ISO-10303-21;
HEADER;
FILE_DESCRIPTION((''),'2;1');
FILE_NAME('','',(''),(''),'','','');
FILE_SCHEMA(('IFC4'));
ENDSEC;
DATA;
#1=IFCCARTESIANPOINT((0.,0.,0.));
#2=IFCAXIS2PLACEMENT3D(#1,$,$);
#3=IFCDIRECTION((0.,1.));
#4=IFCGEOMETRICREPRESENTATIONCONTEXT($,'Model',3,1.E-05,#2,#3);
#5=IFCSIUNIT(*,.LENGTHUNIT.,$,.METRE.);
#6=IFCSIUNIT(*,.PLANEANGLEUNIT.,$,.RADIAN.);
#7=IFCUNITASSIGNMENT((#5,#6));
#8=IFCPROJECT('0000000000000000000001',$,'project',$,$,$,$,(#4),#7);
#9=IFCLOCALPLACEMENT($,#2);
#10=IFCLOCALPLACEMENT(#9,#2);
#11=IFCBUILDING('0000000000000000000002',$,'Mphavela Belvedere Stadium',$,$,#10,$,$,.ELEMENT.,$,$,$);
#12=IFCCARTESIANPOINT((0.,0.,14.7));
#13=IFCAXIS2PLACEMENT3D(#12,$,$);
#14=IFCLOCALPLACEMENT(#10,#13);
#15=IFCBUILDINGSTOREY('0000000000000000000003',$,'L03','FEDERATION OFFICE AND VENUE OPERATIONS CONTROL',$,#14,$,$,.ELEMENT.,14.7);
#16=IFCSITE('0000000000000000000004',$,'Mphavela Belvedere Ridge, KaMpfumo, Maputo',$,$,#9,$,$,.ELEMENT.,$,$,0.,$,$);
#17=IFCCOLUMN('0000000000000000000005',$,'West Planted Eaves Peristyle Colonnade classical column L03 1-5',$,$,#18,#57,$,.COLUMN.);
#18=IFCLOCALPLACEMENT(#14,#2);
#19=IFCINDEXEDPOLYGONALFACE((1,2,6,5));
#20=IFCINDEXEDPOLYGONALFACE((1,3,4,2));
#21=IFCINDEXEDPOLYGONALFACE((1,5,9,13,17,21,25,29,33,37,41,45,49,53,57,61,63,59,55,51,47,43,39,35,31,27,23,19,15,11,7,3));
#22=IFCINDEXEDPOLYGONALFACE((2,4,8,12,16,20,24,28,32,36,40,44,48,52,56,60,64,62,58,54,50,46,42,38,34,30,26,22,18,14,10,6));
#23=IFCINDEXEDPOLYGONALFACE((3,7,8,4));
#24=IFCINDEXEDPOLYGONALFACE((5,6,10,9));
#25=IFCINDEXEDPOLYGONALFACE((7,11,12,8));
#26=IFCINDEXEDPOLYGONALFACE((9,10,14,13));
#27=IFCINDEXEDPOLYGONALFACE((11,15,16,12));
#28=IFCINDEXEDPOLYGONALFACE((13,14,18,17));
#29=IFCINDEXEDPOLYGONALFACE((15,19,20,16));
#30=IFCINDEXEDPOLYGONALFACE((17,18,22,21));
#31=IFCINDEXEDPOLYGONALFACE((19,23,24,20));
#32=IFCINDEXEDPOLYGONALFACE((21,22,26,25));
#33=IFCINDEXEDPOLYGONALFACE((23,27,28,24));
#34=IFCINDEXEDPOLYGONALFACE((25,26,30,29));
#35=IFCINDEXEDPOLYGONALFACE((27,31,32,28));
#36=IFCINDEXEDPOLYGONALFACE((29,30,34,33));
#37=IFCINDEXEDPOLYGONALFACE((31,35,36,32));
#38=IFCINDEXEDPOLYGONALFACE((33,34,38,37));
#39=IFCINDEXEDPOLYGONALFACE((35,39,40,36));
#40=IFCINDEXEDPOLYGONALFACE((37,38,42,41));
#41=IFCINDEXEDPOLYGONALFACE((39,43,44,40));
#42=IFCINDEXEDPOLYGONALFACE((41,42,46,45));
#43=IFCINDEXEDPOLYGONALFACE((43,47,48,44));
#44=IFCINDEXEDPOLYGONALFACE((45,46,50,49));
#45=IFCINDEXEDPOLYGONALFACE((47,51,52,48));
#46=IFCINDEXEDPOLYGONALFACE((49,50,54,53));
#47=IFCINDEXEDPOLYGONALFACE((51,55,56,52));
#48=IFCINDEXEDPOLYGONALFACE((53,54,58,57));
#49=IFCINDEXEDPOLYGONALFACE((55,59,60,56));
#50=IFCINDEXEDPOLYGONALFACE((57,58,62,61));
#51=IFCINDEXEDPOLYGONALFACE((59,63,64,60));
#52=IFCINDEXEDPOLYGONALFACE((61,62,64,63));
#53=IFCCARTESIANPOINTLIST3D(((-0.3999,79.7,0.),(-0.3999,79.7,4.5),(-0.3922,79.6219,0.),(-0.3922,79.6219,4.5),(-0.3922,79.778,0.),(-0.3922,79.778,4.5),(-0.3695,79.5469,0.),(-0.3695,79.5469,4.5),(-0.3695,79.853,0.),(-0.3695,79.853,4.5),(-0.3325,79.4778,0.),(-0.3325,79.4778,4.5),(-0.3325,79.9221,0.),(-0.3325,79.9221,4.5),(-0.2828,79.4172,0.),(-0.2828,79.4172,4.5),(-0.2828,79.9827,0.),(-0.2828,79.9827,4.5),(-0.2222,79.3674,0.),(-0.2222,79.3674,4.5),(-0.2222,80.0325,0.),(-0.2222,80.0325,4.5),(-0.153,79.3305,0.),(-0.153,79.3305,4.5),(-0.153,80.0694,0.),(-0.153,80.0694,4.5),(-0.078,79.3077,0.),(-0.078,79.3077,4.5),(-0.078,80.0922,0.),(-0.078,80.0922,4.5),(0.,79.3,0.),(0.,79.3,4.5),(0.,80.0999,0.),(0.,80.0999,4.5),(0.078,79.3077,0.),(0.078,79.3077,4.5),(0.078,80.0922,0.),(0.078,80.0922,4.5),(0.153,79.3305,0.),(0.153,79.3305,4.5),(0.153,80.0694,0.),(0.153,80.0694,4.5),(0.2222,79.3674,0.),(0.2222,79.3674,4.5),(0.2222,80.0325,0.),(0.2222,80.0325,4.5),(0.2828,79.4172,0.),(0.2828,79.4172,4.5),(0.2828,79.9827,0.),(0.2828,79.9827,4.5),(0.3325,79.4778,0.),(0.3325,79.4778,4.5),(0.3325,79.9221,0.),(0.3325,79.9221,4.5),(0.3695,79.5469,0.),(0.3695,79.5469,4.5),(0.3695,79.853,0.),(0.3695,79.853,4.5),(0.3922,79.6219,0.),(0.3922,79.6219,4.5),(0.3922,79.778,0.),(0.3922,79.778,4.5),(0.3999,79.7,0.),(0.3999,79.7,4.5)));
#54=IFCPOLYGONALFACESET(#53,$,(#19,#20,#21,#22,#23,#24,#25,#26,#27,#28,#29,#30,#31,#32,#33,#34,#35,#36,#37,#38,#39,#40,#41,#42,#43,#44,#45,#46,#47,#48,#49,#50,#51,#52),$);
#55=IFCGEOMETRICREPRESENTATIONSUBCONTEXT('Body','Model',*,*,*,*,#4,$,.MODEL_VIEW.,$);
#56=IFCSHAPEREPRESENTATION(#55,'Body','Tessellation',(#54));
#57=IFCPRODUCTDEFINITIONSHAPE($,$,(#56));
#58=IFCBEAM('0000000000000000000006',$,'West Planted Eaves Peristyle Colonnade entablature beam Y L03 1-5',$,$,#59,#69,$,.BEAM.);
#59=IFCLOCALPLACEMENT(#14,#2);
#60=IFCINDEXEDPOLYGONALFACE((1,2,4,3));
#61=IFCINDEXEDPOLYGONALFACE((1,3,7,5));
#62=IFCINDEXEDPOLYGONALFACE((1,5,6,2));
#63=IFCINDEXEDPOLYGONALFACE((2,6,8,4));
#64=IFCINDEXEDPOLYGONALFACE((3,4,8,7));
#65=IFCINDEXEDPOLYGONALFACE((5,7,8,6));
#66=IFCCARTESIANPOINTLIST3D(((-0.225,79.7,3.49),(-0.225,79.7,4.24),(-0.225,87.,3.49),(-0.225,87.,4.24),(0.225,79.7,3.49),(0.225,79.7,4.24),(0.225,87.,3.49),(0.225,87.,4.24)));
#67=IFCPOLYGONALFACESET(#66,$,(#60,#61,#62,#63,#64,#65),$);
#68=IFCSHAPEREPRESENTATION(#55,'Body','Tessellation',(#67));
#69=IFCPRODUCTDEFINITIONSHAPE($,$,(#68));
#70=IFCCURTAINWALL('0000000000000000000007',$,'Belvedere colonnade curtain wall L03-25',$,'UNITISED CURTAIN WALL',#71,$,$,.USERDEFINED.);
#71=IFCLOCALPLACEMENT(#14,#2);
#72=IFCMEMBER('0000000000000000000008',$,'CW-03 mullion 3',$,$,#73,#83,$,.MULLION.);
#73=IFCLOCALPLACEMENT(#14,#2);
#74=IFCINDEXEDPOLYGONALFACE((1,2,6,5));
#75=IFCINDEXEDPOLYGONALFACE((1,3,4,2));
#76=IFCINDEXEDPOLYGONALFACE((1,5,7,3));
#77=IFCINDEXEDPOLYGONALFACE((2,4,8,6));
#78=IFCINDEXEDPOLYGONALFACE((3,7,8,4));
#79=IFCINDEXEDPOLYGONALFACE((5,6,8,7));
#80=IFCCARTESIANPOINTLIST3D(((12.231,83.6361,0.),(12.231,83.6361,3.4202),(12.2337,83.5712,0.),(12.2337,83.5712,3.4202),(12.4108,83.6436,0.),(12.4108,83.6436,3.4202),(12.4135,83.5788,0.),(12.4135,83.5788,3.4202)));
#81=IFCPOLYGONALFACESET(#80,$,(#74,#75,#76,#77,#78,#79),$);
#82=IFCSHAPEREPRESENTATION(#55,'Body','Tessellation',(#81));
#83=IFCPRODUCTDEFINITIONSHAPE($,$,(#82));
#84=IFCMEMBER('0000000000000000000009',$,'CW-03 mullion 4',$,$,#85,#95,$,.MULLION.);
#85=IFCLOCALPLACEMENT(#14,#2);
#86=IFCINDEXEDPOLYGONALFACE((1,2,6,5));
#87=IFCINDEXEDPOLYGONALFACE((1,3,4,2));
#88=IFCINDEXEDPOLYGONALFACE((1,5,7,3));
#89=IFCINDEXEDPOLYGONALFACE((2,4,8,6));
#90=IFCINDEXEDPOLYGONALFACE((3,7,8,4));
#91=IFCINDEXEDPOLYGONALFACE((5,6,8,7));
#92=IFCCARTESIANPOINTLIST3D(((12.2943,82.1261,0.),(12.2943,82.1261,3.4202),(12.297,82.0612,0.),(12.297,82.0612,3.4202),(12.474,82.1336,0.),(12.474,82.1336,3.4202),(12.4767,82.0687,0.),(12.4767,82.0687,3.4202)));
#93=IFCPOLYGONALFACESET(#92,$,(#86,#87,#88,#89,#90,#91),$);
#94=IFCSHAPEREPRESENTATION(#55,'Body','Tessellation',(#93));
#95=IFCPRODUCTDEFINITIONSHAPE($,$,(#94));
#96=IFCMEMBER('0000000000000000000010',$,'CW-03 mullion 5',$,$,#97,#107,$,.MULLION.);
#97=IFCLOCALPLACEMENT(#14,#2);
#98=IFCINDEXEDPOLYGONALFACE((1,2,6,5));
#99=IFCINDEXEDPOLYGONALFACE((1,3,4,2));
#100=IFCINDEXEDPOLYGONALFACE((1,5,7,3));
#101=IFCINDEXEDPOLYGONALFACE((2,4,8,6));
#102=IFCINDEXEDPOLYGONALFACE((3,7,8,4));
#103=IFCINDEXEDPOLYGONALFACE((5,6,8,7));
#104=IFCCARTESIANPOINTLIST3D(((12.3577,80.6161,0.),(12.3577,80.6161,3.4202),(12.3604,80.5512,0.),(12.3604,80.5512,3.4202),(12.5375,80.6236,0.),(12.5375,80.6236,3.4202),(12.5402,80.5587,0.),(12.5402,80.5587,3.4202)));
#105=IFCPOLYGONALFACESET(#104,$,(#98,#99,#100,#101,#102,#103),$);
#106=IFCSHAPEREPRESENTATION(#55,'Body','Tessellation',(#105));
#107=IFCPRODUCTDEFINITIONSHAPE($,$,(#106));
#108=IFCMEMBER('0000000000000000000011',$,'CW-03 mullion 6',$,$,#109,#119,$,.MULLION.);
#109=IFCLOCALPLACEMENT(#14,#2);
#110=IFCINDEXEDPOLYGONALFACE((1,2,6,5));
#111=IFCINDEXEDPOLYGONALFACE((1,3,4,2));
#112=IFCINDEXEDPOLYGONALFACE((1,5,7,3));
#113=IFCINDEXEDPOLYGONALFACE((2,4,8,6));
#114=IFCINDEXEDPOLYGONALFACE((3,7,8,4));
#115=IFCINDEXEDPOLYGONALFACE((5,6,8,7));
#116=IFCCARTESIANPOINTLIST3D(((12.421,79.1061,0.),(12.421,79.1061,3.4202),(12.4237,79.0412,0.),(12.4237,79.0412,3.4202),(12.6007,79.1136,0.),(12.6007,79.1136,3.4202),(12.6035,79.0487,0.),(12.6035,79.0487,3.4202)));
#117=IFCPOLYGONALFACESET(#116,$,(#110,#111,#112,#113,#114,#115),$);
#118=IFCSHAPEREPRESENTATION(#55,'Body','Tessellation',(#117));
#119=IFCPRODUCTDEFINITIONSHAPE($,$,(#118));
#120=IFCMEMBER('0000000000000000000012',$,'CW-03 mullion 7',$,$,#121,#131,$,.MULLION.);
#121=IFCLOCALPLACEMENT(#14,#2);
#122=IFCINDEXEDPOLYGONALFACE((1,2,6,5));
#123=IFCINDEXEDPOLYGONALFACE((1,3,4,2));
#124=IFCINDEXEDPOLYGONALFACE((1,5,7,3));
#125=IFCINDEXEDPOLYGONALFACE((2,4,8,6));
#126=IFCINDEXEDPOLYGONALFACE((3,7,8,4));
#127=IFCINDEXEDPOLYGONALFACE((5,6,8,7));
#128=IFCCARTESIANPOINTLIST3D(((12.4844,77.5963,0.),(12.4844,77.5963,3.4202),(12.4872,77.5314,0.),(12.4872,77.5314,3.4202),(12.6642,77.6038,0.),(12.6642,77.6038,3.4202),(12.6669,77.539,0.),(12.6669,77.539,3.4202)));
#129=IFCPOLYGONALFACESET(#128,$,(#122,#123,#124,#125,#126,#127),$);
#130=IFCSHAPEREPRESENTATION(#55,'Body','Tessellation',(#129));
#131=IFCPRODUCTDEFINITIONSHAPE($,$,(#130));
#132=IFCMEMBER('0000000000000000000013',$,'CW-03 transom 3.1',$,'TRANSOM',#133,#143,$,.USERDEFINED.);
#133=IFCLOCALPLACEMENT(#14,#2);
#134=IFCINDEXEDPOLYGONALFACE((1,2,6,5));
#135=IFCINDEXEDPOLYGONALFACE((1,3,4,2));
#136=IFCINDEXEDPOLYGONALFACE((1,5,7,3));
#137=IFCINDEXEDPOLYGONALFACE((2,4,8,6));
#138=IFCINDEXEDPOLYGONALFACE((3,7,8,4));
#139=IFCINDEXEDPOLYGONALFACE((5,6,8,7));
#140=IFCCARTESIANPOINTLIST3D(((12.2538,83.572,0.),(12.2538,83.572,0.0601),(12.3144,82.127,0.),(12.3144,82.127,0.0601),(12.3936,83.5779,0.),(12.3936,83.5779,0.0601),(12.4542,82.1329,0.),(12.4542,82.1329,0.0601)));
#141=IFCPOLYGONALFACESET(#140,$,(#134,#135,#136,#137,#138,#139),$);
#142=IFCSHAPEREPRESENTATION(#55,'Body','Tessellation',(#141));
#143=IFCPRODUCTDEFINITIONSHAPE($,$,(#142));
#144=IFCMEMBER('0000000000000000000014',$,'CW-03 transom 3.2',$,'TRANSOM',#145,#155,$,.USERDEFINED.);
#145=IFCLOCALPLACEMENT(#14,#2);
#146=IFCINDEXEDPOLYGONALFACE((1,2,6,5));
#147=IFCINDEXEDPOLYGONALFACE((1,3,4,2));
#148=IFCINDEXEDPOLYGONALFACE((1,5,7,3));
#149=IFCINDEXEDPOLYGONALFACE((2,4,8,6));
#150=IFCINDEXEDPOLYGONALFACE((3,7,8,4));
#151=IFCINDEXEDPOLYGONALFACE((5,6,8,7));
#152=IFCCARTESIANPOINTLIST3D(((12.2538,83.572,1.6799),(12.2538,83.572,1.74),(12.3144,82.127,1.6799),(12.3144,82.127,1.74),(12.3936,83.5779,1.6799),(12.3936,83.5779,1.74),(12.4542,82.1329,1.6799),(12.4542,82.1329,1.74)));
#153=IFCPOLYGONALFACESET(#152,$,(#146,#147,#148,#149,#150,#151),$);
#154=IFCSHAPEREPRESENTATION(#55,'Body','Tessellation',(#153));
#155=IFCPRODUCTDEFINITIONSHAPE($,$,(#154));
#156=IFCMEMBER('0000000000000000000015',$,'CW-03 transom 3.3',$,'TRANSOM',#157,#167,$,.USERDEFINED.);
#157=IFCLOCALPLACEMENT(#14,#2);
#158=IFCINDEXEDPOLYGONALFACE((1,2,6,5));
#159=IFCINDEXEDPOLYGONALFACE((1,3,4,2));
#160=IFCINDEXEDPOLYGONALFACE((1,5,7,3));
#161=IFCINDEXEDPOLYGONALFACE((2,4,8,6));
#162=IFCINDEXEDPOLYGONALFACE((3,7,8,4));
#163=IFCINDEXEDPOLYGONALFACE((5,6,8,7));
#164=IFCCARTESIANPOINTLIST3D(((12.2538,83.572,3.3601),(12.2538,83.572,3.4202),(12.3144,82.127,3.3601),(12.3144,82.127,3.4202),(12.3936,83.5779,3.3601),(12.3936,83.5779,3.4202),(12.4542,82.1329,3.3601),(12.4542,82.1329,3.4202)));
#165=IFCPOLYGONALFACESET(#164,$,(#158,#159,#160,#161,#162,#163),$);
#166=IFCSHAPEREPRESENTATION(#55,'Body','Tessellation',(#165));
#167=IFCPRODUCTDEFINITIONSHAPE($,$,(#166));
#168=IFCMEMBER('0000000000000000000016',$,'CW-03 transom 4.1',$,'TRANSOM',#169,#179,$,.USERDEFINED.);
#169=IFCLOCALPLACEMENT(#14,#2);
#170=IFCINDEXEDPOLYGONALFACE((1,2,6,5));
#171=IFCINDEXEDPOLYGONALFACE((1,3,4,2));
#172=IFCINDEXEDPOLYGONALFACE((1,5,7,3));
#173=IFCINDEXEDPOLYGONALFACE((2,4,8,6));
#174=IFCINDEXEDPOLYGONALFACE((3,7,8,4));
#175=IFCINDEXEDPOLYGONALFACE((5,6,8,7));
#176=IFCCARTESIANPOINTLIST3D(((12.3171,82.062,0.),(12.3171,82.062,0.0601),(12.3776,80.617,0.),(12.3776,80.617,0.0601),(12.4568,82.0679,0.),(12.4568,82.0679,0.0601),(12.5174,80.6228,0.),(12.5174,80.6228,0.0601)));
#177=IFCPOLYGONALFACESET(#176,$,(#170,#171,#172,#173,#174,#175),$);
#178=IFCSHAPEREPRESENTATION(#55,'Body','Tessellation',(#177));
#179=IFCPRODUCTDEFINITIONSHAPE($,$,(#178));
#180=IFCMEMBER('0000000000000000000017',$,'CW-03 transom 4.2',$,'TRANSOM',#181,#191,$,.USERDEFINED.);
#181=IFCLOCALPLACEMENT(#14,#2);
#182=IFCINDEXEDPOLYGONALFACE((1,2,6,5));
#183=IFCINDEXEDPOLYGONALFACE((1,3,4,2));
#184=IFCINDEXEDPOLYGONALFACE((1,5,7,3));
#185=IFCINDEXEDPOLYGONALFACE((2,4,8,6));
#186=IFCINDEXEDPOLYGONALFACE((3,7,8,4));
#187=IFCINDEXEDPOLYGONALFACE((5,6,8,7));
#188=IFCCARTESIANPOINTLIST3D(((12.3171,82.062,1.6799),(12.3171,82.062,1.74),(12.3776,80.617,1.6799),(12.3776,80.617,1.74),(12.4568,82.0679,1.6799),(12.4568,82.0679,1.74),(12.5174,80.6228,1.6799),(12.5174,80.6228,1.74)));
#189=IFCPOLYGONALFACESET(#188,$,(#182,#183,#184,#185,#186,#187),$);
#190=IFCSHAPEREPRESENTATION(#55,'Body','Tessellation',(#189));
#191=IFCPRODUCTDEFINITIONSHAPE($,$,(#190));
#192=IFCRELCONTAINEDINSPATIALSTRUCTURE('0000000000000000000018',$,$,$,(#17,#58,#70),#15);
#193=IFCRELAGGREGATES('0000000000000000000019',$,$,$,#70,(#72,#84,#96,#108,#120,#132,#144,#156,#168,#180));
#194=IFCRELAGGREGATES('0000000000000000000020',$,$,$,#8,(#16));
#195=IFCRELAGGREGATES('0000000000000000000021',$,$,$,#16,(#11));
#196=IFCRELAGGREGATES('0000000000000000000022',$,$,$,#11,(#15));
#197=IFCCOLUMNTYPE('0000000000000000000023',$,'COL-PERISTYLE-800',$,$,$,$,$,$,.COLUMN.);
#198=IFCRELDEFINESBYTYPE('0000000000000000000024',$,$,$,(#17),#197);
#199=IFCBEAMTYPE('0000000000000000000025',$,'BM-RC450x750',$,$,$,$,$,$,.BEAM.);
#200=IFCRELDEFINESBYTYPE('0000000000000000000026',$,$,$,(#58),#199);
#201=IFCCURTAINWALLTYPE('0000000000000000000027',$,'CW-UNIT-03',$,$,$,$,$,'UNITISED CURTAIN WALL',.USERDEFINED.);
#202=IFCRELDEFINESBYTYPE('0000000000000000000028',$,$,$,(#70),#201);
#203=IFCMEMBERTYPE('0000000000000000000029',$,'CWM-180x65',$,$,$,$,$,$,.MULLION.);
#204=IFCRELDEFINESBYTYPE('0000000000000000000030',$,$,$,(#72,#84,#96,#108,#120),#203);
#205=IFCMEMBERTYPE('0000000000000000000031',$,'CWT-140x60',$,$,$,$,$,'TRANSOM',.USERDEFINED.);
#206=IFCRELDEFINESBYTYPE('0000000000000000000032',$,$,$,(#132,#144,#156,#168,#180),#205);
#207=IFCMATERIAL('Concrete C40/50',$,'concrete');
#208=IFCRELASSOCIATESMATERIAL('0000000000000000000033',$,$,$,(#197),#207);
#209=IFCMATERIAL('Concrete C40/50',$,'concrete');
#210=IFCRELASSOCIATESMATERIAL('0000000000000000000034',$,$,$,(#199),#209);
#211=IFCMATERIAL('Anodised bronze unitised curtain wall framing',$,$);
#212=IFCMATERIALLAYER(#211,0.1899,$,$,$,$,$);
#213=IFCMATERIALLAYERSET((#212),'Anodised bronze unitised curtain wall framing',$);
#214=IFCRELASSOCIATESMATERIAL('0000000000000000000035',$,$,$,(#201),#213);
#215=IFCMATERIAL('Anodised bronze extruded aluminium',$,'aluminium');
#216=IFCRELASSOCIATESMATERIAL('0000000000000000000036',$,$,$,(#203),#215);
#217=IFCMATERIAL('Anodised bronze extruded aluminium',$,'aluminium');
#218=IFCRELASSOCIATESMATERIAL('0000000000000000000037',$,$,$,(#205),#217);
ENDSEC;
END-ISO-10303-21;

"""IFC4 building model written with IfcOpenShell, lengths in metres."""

from ifc_helpers import new_model, si_unit, direction, frame, origin, origin_2d, place, context, subcontext, project, spatial, rectangle, circle, extrude, material, layer, layer_set, material_profile, profile_set, type_object, element, aggregate, save


model = new_model("IFC4")

# Units and contexts
model_context = context("Model", 3, precision=1e-05, world=origin(), true_north=direction((0.0, 1.0)))
body_context = subcontext(model_context, "Body", "Model", "MODEL_VIEW")
ifc_project = project(units=[si_unit("LENGTHUNIT", "METRE"), si_unit("PLANEANGLEUNIT", "RADIAN")], contexts=[model_context])

# Site, building, storey
site_placement = place(None, origin())
site = spatial("IfcSite", under=ifc_project, at=site_placement, Name="Mphavela Belvedere Ridge, KaMpfumo, Maputo", CompositionType="ELEMENT", RefElevation=0.0)
building_placement = place(site_placement, origin())
building = spatial("IfcBuilding", under=site, at=building_placement, Name="Mphavela Belvedere Stadium", CompositionType="ELEMENT")
storey_placement = place(building_placement, frame((0.0, 0.0, 14.7)))
storey = spatial("IfcBuildingStorey", under=building, at=storey_placement, Name="L03", Description="FEDERATION OFFICE AND VENUE OPERATIONS CONTROL", CompositionType="ELEMENT", Elevation=14.7)

# Column
ifc_material_1 = material(Name="Concrete C40/50", Category="concrete")
ifc_material_profile_1 = material_profile(ifc_material_1, circle(Radius=0.3999, at=origin_2d()), Name="COL D800")
ifc_profile_set_1 = profile_set([ifc_material_profile_1], Name="Concrete C40/50")
column_type = type_object("IfcColumnType", Name="COL-PERISTYLE-800", PredefinedType="COLUMN", material=ifc_profile_set_1)
column_placement = place(storey_placement, frame((0.0, 79.7, 0.0), z_axis=(0.0, 0.0, 1.0), x_axis=(1.0, 0.0, 0.0)))
element("IfcColumn", 1, at=column_placement, inside=storey, type_object=column_type, Name="West Planted Eaves Peristyle Colonnade classical column L03 1-5", PredefinedType="COLUMN", context=body_context, shape_type="SweptSolid", body=[
    extrude(circle(Radius=0.3999, at=origin_2d()), origin(), (0.0, 0.0, 1.0), 4.5),
])

# Beam
ifc_material_2 = material(Name="Concrete C40/50", Category="concrete")
ifc_material_profile_2 = material_profile(ifc_material_2, rectangle(XDim=0.45, YDim=0.75, at=origin_2d()), Name="RC 450x750")
ifc_profile_set_2 = profile_set([ifc_material_profile_2], Name="Concrete C40/50")
beam_type = type_object("IfcBeamType", Name="BM-RC450x750", PredefinedType="BEAM", material=ifc_profile_set_2)
beam_placement = place(storey_placement, frame((0.0, 79.7, 3.865), z_axis=(0.0, 1.0, 0.0), x_axis=(-1.0, 0.0, 0.0)))
element("IfcBeam", 2, at=beam_placement, inside=storey, type_object=beam_type, Name="West Planted Eaves Peristyle Colonnade entablature beam Y L03 1-5", PredefinedType="BEAM", context=body_context, shape_type="SweptSolid", body=[
    extrude(rectangle(XDim=0.45, YDim=0.75, at=origin_2d()), origin(), (0.0, 0.0, 1.0), 7.3),
])

# Curtain wall, members
ifc_material_3 = material(Name="Anodised bronze unitised curtain wall framing")
ifc_layer_1 = layer(ifc_material_3, 0.1899)
ifc_layer_set_1 = layer_set([ifc_layer_1], Name="Anodised bronze unitised curtain wall framing")
curtain_wall_type = type_object("IfcCurtainWallType", Name="CW-UNIT-03", ElementType="UNITISED CURTAIN WALL", PredefinedType="USERDEFINED", material=ifc_layer_set_1)
curtain_wall_placement = place(storey_placement, origin())
curtain_wall = element("IfcCurtainWall", 3, at=curtain_wall_placement, inside=storey, type_object=curtain_wall_type, Name="Belvedere colonnade curtain wall L03-25", ObjectType="UNITISED CURTAIN WALL", PredefinedType="USERDEFINED")
ifc_material_4 = material(Name="Anodised bronze extruded aluminium", Category="aluminium")
ifc_material_profile_3 = material_profile(ifc_material_4, rectangle(XDim=0.1799, YDim=0.0649, at=origin_2d()), Name="CW-MUL 180x65")
ifc_profile_set_3 = profile_set([ifc_material_profile_3], Name="Anodised bronze extruded aluminium")
member_type_1 = type_object("IfcMemberType", Name="CWM-180x65", PredefinedType="MULLION", material=ifc_profile_set_3)
member_1_placement = place(storey_placement, frame((12.3223, 83.6074, 0.0), z_axis=(0.0, 0.0, 1.0), x_axis=(0.999121, 0.041911, 0.0)))
member_1 = element("IfcMember", 4, at=member_1_placement, type_object=member_type_1, Name="CW-03 mullion 3", PredefinedType="MULLION", context=body_context, shape_type="SweptSolid", body=[
    extrude(rectangle(XDim=0.1799, YDim=0.0649, at=origin_2d()), origin(), (0.0, 0.0, 1.0), 3.4202),
])
member_2_placement = place(storey_placement, frame((12.3855, 82.0974, 0.0), z_axis=(0.0, 0.0, 1.0), x_axis=(0.999121, 0.041911, 0.0)))
member_2 = element("IfcMember", 5, at=member_2_placement, type_object=member_type_1, Name="CW-03 mullion 4", PredefinedType="MULLION", context=body_context, shape_type="SweptSolid", body=[
    extrude(rectangle(XDim=0.1799, YDim=0.0649, at=origin_2d()), origin(), (0.0, 0.0, 1.0), 3.4202),
])
member_3_placement = place(storey_placement, frame((12.449, 80.5874, 0.0), z_axis=(0.0, 0.0, 1.0), x_axis=(0.999121, 0.041911, 0.0)))
member_3 = element("IfcMember", 6, at=member_3_placement, type_object=member_type_1, Name="CW-03 mullion 5", PredefinedType="MULLION", context=body_context, shape_type="SweptSolid", body=[
    extrude(rectangle(XDim=0.1799, YDim=0.0649, at=origin_2d()), origin(), (0.0, 0.0, 1.0), 3.4202),
])
member_4_placement = place(storey_placement, frame((12.5122, 79.0774, 0.0), z_axis=(0.0, 0.0, 1.0), x_axis=(0.999121, 0.041911, 0.0)))
member_4 = element("IfcMember", 7, at=member_4_placement, type_object=member_type_1, Name="CW-03 mullion 6", PredefinedType="MULLION", context=body_context, shape_type="SweptSolid", body=[
    extrude(rectangle(XDim=0.1799, YDim=0.0649, at=origin_2d()), origin(), (0.0, 0.0, 1.0), 3.4202),
])
member_5_placement = place(storey_placement, frame((12.5757, 77.5676, 0.0), z_axis=(0.0, 0.0, 1.0), x_axis=(0.999121, 0.041911, 0.0)))
member_5 = element("IfcMember", 8, at=member_5_placement, type_object=member_type_1, Name="CW-03 mullion 7", PredefinedType="MULLION", context=body_context, shape_type="SweptSolid", body=[
    extrude(rectangle(XDim=0.1799, YDim=0.0649, at=origin_2d()), origin(), (0.0, 0.0, 1.0), 3.4202),
])
ifc_material_5 = material(Name="Anodised bronze extruded aluminium", Category="aluminium")
ifc_material_profile_4 = material_profile(ifc_material_5, rectangle(XDim=0.1399, YDim=0.0601, at=origin_2d()), Name="CW-TRN 140x60")
ifc_profile_set_4 = profile_set([ifc_material_profile_4], Name="Anodised bronze extruded aluminium")
member_type_2 = type_object("IfcMemberType", Name="CWT-140x60", ElementType="TRANSOM", PredefinedType="USERDEFINED", material=ifc_profile_set_4)
member_6_placement = place(storey_placement, frame((12.3237, 83.575, 0.03), z_axis=(0.041862, -0.999123, 0.0), x_axis=(0.999123, 0.041862, 0.0)))
member_6 = element("IfcMember", 9, at=member_6_placement, type_object=member_type_2, Name="CW-03 transom 3.1", ObjectType="TRANSOM", PredefinedType="USERDEFINED", context=body_context, shape_type="SweptSolid", body=[
    extrude(rectangle(XDim=0.1399, YDim=0.0601, at=origin_2d()), origin(), (0.0, 0.0, 1.0), 1.4463),
])
member_7_placement = place(storey_placement, frame((12.3237, 83.575, 1.71), z_axis=(0.041862, -0.999123, 0.0), x_axis=(0.999123, 0.041862, 0.0)))
member_7 = element("IfcMember", 10, at=member_7_placement, type_object=member_type_2, Name="CW-03 transom 3.2", ObjectType="TRANSOM", PredefinedType="USERDEFINED", context=body_context, shape_type="SweptSolid", body=[
    extrude(rectangle(XDim=0.1399, YDim=0.0601, at=origin_2d()), origin(), (0.0, 0.0, 1.0), 1.4463),
])
member_8_placement = place(storey_placement, frame((12.3237, 83.575, 3.3901), z_axis=(0.041862, -0.999123, 0.0), x_axis=(0.999123, 0.041862, 0.0)))
member_8 = element("IfcMember", 11, at=member_8_placement, type_object=member_type_2, Name="CW-03 transom 3.3", ObjectType="TRANSOM", PredefinedType="USERDEFINED", context=body_context, shape_type="SweptSolid", body=[
    extrude(rectangle(XDim=0.1399, YDim=0.0601, at=origin_2d()), origin(), (0.0, 0.0, 1.0), 1.4463),
])
member_9_placement = place(storey_placement, frame((12.387, 82.0649, 0.03), z_axis=(0.041862, -0.999123, 0.0), x_axis=(0.999123, 0.041862, 0.0)))
member_9 = element("IfcMember", 12, at=member_9_placement, type_object=member_type_2, Name="CW-03 transom 4.1", ObjectType="TRANSOM", PredefinedType="USERDEFINED", context=body_context, shape_type="SweptSolid", body=[
    extrude(rectangle(XDim=0.1399, YDim=0.0601, at=origin_2d()), origin(), (0.0, 0.0, 1.0), 1.4463),
])
member_10_placement = place(storey_placement, frame((12.387, 82.0649, 1.71), z_axis=(0.041862, -0.999123, 0.0), x_axis=(0.999123, 0.041862, 0.0)))
member_10 = element("IfcMember", 13, at=member_10_placement, type_object=member_type_2, Name="CW-03 transom 4.2", ObjectType="TRANSOM", PredefinedType="USERDEFINED", context=body_context, shape_type="SweptSolid", body=[
    extrude(rectangle(XDim=0.1399, YDim=0.0601, at=origin_2d()), origin(), (0.0, 0.0, 1.0), 1.4463),
])
aggregate(curtain_wall, [member_1, member_2, member_3, member_4, member_5, member_6, member_7, member_8, member_9, member_10])

save(model, "model.ifc")
